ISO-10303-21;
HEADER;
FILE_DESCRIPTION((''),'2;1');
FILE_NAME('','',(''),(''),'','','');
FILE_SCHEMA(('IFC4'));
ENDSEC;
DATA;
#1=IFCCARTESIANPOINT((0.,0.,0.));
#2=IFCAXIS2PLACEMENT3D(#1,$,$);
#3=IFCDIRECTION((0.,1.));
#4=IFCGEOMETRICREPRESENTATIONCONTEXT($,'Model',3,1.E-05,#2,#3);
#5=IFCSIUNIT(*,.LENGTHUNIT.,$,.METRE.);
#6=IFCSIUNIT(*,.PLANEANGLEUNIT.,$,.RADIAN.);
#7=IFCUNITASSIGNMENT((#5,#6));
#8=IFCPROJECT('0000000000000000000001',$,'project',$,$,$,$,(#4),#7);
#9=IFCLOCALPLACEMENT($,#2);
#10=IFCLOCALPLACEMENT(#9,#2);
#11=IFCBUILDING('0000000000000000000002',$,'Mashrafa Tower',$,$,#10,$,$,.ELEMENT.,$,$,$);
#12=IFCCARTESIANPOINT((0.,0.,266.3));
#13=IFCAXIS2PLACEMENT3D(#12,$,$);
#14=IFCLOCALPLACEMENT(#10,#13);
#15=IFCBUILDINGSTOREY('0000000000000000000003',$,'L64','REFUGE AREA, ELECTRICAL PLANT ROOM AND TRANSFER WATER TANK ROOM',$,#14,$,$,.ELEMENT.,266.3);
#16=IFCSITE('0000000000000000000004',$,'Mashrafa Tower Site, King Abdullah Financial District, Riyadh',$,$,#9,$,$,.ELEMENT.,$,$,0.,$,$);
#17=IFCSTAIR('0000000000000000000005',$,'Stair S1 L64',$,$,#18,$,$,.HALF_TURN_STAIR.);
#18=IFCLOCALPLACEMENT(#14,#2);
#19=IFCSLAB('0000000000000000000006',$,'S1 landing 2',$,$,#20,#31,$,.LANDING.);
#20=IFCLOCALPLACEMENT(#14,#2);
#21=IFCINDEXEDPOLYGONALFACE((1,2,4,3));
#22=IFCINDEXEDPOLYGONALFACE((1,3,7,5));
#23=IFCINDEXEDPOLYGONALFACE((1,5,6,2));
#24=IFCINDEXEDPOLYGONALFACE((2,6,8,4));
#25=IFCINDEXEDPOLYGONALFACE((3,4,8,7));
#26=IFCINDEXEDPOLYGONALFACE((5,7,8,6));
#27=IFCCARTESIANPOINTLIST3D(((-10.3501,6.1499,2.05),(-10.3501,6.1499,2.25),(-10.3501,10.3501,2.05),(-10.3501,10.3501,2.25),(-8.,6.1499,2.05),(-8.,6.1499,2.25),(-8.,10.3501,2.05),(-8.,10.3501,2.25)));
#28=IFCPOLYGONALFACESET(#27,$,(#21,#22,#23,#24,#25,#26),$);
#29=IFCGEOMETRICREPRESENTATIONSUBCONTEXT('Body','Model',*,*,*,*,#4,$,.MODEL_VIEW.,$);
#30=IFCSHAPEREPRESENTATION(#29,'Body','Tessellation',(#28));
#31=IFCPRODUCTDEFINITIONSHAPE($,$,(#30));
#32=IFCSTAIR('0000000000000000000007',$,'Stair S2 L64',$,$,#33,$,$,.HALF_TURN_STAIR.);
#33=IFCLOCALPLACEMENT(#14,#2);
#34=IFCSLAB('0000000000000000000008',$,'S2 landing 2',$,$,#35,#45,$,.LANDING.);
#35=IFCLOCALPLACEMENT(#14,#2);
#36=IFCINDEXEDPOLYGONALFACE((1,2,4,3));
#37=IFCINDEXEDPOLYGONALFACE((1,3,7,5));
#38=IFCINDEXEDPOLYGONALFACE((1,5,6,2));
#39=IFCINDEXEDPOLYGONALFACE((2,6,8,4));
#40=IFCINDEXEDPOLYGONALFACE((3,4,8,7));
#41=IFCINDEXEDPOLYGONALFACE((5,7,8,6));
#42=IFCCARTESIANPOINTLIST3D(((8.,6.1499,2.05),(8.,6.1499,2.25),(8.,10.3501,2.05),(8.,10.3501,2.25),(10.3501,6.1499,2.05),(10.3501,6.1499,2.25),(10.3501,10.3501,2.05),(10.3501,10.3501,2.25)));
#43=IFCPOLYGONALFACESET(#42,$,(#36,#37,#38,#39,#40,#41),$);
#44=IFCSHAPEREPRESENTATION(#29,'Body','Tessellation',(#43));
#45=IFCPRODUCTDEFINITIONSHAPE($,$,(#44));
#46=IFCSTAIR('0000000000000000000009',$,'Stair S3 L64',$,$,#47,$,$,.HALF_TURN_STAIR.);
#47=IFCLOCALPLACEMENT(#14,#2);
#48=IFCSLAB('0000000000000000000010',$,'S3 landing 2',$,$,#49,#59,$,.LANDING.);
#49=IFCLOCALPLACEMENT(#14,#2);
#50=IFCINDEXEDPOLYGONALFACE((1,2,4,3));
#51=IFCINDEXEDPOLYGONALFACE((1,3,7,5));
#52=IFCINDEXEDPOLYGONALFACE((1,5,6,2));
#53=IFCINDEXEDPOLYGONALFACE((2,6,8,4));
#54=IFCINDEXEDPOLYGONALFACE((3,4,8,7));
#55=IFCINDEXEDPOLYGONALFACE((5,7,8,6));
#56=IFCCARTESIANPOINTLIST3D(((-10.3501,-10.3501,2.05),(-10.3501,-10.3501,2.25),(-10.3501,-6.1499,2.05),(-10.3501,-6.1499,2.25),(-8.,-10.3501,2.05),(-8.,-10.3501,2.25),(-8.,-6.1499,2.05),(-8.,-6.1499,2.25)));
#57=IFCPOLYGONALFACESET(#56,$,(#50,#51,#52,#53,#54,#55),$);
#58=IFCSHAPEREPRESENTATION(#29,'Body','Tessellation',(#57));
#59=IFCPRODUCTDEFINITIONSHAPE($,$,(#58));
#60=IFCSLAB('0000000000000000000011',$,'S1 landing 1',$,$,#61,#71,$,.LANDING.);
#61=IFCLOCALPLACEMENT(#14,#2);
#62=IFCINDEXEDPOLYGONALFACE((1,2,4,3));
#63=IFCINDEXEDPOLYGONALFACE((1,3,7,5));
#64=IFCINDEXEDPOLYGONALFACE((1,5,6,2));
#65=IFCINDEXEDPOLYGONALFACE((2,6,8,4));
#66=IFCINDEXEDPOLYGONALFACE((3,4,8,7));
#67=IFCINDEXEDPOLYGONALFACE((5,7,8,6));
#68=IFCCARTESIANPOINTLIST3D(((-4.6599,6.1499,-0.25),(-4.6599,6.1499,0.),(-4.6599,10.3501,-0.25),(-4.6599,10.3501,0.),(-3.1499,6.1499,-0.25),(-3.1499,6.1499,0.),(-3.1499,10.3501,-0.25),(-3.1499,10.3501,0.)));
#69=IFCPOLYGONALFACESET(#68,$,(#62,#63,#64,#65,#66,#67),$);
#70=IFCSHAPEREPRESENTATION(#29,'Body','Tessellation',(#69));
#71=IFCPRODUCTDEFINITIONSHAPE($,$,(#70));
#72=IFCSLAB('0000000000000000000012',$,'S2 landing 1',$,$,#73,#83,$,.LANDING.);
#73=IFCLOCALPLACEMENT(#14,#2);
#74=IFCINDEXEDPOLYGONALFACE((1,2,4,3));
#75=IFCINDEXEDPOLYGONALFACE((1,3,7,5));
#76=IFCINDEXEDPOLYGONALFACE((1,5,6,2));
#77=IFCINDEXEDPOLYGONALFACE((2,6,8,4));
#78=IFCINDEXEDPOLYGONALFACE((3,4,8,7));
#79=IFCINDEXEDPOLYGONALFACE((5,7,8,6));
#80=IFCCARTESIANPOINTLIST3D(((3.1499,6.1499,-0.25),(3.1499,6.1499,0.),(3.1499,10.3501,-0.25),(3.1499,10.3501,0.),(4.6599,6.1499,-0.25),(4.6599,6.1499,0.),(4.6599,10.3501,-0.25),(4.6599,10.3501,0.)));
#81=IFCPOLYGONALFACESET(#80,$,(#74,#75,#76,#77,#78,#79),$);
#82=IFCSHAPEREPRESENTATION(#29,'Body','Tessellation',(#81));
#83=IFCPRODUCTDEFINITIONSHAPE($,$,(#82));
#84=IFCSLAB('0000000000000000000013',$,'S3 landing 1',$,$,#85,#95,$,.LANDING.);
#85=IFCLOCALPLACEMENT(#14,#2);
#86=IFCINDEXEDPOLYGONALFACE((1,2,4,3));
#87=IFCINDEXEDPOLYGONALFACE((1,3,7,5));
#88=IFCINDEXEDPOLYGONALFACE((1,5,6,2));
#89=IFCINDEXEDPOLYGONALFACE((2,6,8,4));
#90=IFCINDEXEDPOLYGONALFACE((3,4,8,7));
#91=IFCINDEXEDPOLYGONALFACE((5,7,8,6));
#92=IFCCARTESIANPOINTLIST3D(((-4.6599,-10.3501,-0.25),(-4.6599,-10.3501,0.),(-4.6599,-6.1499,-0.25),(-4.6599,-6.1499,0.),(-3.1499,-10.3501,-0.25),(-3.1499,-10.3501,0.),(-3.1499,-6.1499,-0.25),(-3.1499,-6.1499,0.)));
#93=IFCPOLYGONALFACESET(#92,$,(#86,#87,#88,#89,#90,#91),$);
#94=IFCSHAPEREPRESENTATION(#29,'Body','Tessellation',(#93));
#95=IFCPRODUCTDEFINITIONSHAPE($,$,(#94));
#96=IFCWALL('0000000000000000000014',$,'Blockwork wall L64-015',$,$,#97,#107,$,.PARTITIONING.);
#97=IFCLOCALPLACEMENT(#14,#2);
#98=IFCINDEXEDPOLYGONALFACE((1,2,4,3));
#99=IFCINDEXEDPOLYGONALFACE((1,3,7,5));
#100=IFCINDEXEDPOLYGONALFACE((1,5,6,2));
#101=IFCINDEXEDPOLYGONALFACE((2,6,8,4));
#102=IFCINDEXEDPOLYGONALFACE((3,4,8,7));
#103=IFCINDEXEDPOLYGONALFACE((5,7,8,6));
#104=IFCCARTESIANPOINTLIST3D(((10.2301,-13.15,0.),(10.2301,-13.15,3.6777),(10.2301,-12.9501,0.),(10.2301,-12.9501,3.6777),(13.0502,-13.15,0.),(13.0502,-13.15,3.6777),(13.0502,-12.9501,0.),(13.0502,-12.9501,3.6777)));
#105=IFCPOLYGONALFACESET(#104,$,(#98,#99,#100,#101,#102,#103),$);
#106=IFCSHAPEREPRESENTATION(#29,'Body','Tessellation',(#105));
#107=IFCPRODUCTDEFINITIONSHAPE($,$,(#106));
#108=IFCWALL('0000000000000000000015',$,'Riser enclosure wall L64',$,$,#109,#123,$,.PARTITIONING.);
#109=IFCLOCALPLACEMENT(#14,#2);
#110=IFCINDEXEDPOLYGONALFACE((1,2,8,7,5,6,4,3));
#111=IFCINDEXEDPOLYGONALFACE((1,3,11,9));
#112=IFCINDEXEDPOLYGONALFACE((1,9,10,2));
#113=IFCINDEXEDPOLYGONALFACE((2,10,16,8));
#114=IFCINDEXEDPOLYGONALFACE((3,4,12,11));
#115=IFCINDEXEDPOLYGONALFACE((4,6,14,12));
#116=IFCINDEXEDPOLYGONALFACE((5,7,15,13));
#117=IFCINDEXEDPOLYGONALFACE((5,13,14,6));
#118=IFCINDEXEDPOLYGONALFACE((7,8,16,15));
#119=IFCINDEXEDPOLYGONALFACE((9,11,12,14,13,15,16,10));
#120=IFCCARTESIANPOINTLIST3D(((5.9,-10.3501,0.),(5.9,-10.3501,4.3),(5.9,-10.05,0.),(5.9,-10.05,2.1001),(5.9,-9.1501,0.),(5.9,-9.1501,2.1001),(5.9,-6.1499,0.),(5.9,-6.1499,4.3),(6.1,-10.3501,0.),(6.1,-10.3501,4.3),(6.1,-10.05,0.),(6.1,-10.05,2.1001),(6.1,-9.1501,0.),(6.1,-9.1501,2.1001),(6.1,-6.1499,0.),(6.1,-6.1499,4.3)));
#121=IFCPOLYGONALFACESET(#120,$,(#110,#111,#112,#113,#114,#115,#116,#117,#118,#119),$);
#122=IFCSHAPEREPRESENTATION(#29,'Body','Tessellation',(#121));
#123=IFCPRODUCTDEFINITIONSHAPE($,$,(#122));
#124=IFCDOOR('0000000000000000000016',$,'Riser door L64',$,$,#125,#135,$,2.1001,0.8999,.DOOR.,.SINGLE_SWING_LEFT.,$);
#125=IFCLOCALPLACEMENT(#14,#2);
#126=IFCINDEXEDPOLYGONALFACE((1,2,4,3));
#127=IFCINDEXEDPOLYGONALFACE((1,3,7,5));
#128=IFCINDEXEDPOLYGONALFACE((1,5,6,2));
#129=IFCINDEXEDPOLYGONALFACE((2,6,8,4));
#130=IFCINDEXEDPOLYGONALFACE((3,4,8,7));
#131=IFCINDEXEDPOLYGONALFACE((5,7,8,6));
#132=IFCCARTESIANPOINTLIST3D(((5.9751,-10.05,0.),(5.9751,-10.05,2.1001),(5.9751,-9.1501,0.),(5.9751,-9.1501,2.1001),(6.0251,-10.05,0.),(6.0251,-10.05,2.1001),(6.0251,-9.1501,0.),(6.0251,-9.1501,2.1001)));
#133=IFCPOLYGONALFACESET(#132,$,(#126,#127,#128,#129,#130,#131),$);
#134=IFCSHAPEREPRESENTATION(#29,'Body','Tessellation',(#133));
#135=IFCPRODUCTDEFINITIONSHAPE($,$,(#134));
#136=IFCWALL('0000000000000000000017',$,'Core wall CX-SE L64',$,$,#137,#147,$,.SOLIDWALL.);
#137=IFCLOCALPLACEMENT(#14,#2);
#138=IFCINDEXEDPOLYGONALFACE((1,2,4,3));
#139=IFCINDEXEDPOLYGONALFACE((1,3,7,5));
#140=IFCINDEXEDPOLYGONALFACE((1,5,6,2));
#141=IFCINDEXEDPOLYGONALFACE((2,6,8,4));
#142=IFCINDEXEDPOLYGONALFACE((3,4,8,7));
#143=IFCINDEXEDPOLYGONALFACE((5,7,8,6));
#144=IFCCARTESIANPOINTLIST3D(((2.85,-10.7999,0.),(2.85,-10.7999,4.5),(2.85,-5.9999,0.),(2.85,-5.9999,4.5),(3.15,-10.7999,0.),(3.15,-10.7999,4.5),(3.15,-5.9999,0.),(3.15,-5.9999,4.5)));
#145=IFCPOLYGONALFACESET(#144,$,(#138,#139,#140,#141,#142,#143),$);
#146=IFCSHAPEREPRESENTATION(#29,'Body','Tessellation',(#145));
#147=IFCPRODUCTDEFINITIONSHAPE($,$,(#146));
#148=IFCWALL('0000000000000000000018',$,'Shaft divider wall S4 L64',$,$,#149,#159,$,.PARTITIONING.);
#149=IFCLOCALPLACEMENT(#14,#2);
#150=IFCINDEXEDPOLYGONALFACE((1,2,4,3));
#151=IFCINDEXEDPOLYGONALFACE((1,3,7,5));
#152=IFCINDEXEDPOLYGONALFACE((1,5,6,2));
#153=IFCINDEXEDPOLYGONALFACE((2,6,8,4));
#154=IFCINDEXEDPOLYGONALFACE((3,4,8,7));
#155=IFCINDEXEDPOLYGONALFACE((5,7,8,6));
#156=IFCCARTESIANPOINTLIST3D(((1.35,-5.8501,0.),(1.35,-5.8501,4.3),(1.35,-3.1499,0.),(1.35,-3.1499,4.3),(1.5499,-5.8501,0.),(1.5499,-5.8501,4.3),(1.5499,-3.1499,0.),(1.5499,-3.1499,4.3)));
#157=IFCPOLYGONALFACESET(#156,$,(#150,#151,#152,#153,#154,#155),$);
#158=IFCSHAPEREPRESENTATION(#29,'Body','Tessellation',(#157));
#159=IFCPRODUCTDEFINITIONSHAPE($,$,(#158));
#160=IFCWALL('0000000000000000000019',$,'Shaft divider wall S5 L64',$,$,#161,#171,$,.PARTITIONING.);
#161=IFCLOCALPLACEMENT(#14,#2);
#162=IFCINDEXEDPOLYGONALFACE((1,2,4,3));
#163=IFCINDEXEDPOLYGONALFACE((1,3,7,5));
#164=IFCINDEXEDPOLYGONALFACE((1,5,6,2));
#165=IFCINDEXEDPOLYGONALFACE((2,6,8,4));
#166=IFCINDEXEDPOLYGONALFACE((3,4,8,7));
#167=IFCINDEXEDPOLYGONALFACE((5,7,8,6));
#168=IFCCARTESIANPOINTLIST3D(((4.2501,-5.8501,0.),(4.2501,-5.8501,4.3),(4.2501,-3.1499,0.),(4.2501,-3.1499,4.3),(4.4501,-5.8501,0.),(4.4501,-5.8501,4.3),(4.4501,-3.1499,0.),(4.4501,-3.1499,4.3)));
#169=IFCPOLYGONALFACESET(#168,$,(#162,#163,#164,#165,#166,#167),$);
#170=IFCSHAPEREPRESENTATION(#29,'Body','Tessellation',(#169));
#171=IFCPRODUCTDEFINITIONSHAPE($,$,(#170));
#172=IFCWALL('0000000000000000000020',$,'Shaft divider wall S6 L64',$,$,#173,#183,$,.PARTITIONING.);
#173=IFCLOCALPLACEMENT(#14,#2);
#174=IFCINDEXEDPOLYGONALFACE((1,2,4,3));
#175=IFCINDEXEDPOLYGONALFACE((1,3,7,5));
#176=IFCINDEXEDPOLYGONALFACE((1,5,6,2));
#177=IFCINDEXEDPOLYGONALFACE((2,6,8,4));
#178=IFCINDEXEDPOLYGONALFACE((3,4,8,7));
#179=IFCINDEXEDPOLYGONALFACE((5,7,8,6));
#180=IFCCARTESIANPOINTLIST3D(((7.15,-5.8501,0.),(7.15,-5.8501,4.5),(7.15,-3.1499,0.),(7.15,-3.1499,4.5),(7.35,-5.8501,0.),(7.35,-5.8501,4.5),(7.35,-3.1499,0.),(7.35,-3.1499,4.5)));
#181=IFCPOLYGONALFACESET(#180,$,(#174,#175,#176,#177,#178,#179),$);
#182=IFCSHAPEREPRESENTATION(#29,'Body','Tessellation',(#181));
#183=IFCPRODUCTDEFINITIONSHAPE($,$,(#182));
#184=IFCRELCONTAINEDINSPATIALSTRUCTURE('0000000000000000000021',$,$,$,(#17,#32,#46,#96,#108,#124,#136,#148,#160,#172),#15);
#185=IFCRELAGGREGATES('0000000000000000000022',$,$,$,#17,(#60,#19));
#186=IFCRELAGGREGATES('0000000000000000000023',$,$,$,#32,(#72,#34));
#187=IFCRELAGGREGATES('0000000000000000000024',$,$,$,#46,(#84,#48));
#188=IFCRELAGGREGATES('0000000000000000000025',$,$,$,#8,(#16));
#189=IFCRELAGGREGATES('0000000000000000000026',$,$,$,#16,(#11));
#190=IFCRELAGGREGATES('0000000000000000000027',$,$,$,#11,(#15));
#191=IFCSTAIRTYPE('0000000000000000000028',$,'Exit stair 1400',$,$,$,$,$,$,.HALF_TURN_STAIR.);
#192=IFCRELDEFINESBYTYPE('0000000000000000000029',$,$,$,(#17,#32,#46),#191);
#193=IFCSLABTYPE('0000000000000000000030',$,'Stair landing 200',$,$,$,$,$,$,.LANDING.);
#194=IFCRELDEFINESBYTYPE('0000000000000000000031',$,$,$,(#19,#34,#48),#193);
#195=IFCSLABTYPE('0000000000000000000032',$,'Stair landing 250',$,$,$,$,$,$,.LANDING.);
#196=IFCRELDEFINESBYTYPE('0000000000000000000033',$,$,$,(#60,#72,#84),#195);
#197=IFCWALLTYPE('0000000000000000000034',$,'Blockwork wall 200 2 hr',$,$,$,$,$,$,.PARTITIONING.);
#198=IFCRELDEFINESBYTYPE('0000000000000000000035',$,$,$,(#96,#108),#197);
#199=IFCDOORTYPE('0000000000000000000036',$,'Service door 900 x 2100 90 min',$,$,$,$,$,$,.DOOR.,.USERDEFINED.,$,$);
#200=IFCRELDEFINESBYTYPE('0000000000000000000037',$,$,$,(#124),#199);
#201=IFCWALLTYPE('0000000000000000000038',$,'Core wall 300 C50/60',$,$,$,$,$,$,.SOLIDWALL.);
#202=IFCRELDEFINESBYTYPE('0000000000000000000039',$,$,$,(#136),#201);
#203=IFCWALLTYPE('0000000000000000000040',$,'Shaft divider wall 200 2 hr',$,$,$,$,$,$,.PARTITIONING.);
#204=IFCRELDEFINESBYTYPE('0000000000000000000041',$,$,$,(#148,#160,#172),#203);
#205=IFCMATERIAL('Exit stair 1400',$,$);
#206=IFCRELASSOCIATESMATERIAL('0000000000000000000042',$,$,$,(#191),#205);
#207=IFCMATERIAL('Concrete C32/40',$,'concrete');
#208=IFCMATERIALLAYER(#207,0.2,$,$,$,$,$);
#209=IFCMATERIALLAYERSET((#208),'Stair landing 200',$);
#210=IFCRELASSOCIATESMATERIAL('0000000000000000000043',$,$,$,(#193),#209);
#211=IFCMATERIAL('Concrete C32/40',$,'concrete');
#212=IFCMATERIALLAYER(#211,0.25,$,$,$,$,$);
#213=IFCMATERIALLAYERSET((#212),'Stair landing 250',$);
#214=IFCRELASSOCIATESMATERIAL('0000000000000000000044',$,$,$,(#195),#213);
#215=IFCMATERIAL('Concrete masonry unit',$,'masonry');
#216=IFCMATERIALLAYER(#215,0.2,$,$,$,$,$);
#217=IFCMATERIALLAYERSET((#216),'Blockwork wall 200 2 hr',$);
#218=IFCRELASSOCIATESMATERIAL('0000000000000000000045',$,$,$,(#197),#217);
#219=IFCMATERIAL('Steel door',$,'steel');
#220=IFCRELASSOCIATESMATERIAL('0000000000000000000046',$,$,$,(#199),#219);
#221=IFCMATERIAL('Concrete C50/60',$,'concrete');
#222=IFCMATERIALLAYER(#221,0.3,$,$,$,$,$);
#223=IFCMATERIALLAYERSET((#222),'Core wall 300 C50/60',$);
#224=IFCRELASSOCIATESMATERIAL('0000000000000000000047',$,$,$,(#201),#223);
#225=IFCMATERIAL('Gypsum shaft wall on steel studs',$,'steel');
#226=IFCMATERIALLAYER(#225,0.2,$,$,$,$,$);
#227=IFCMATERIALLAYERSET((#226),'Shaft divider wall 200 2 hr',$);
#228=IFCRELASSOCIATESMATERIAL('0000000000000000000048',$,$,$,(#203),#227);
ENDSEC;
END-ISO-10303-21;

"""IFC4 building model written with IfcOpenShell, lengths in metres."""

from ifc_helpers import new_model, si_unit, direction, frame, frame_2d, origin, place, context, subcontext, project, spatial, polyline, rectangle, outline, extrude, material, layer, layer_set, type_object, element, fill, aggregate, save


model = new_model("IFC4")

# Units and contexts
model_context = context("Model", 3, precision=1e-05, world=origin(), true_north=direction((0.0, 1.0)))
body_context = subcontext(model_context, "Body", "Model", "MODEL_VIEW")
ifc_project = project(units=[si_unit("LENGTHUNIT", "METRE"), si_unit("PLANEANGLEUNIT", "RADIAN")], contexts=[model_context])

# Site, building, storey
site_placement = place(None, origin())
site = spatial("IfcSite", under=ifc_project, at=site_placement, Name="Mashrafa Tower Site, King Abdullah Financial District, Riyadh", CompositionType="ELEMENT", RefElevation=0.0)
building_placement = place(site_placement, origin())
building = spatial("IfcBuilding", under=site, at=building_placement, Name="Mashrafa Tower", CompositionType="ELEMENT")
storey_placement = place(building_placement, frame((0.0, 0.0, 266.3)))
storey = spatial("IfcBuildingStorey", under=building, at=storey_placement, Name="L64", Description="REFUGE AREA, ELECTRICAL PLANT ROOM AND TRANSFER WATER TANK ROOM", CompositionType="ELEMENT", Elevation=266.3)

# Stairs, slabs
ifc_material_1 = material(Name="Exit stair 1400")
stair_type = type_object("IfcStairType", Name="Exit stair 1400", PredefinedType="HALF_TURN_STAIR", material=ifc_material_1)
stair_1_placement = place(storey_placement, origin())
stair_1 = element("IfcStair", 1, at=stair_1_placement, inside=storey, type_object=stair_type, Name="Stair S1 L64", PredefinedType="HALF_TURN_STAIR")
ifc_material_2 = material(Name="Concrete C32/40", Category="concrete")
ifc_layer_1 = layer(ifc_material_2, 0.2)
ifc_layer_set_1 = layer_set([ifc_layer_1], Name="Stair landing 200")
slab_type_1 = type_object("IfcSlabType", Name="Stair landing 200", PredefinedType="LANDING", material=ifc_layer_set_1)
slab_1_placement = place(storey_placement, frame((0.0, 0.0, 2.05)))
slab_1 = element("IfcSlab", 2, at=slab_1_placement, type_object=slab_type_1, Name="S1 landing 2", PredefinedType="LANDING", context=body_context, shape_type="SweptSolid", body=[
    extrude(outline(polyline([(-10.3501, 6.1499), (-8.0, 6.1499), (-8.0, 10.3501), (-10.3501, 10.3501), (-10.3501, 6.1499)])), origin(), (0.0, 0.0, 1.0), 0.2),
])
stair_2_placement = place(storey_placement, origin())
stair_2 = element("IfcStair", 3, at=stair_2_placement, inside=storey, type_object=stair_type, Name="Stair S2 L64", PredefinedType="HALF_TURN_STAIR")
slab_2_placement = place(storey_placement, frame((0.0, 0.0, 2.05)))
slab_2 = element("IfcSlab", 4, at=slab_2_placement, type_object=slab_type_1, Name="S2 landing 2", PredefinedType="LANDING", context=body_context, shape_type="SweptSolid", body=[
    extrude(outline(polyline([(8.0, 6.1499), (10.3501, 6.1499), (10.3501, 10.3501), (8.0, 10.3501), (8.0, 6.1499)])), origin(), (0.0, 0.0, 1.0), 0.2),
])
stair_3_placement = place(storey_placement, origin())
stair_3 = element("IfcStair", 5, at=stair_3_placement, inside=storey, type_object=stair_type, Name="Stair S3 L64", PredefinedType="HALF_TURN_STAIR")
slab_3_placement = place(storey_placement, frame((0.0, 0.0, 2.05)))
slab_3 = element("IfcSlab", 6, at=slab_3_placement, type_object=slab_type_1, Name="S3 landing 2", PredefinedType="LANDING", context=body_context, shape_type="SweptSolid", body=[
    extrude(outline(polyline([(-10.3501, -10.3501), (-8.0, -10.3501), (-8.0, -6.1499), (-10.3501, -6.1499), (-10.3501, -10.3501)])), origin(), (0.0, 0.0, 1.0), 0.2),
])

# Slabs
ifc_material_3 = material(Name="Concrete C32/40", Category="concrete")
ifc_layer_2 = layer(ifc_material_3, 0.25)
ifc_layer_set_2 = layer_set([ifc_layer_2], Name="Stair landing 250")
slab_type_2 = type_object("IfcSlabType", Name="Stair landing 250", PredefinedType="LANDING", material=ifc_layer_set_2)
slab_4_placement = place(storey_placement, frame((0.0, 0.0, -0.25)))
slab_4 = element("IfcSlab", 7, at=slab_4_placement, type_object=slab_type_2, Name="S1 landing 1", PredefinedType="LANDING", context=body_context, shape_type="SweptSolid", body=[
    extrude(outline(polyline([(-4.6599, 6.1499), (-3.1499, 6.1499), (-3.1499, 10.3501), (-4.6599, 10.3501), (-4.6599, 6.1499)])), origin(), (0.0, 0.0, 1.0), 0.25),
])
aggregate(stair_1, [slab_4, slab_1])
slab_5_placement = place(storey_placement, frame((0.0, 0.0, -0.25)))
slab_5 = element("IfcSlab", 8, at=slab_5_placement, type_object=slab_type_2, Name="S2 landing 1", PredefinedType="LANDING", context=body_context, shape_type="SweptSolid", body=[
    extrude(outline(polyline([(3.1499, 6.1499), (4.6599, 6.1499), (4.6599, 10.3501), (3.1499, 10.3501), (3.1499, 6.1499)])), origin(), (0.0, 0.0, 1.0), 0.25),
])
aggregate(stair_2, [slab_5, slab_2])
slab_6_placement = place(storey_placement, frame((0.0, 0.0, -0.25)))
slab_6 = element("IfcSlab", 9, at=slab_6_placement, type_object=slab_type_2, Name="S3 landing 1", PredefinedType="LANDING", context=body_context, shape_type="SweptSolid", body=[
    extrude(outline(polyline([(-4.6599, -10.3501), (-3.1499, -10.3501), (-3.1499, -6.1499), (-4.6599, -6.1499), (-4.6599, -10.3501)])), origin(), (0.0, 0.0, 1.0), 0.25),
])
aggregate(stair_3, [slab_6, slab_3])

# Wall
ifc_material_4 = material(Name="Concrete masonry unit", Category="masonry")
ifc_layer_3 = layer(ifc_material_4, 0.2)
ifc_layer_set_3 = layer_set([ifc_layer_3], Name="Blockwork wall 200 2 hr")
wall_type_1 = type_object("IfcWallType", Name="Blockwork wall 200 2 hr", PredefinedType="PARTITIONING", material=ifc_layer_set_3)
wall_1_placement = place(storey_placement, frame((10.23, -13.05, 0.0), z_axis=(0.0, 0.0, 1.0), x_axis=(1.0, 0.0, 0.0)))
element("IfcWall", 10, at=wall_1_placement, inside=storey, type_object=wall_type_1, Name="Blockwork wall L64-015", PredefinedType="PARTITIONING", context=body_context, shape_type="SweptSolid", body=[
    extrude(rectangle(XDim=2.8201, YDim=0.2, at=frame_2d((1.4102, 0.0))), origin(), (0.0, 0.0, 1.0), 3.6777),
])

# Wall, opening, door
wall_2_placement = place(storey_placement, frame((6.0, -10.3501, 0.0), z_axis=(0.0, 0.0, 1.0), x_axis=(0.0, 1.0, 0.0)))
wall_2 = element("IfcWall", 11, at=wall_2_placement, inside=storey, type_object=wall_type_1, Name="Riser enclosure wall L64", PredefinedType="PARTITIONING", context=body_context, shape_type="SweptSolid", body=[
    extrude(rectangle(XDim=4.2002, YDim=0.2, at=frame_2d((2.1001, 0.0))), origin(), (0.0, 0.0, 1.0), 4.3),
])
opening_placement = place(wall_2_placement, frame((0.3, 0.0, 0.0)))
opening = element("IfcOpeningElement", 12, at=opening_placement, cuts=wall_2, PredefinedType="OPENING", context=body_context, shape_type="SweptSolid", body=[
    extrude(rectangle(XDim=0.8999, YDim=2.1001, at=frame_2d((0.45, 1.05))), frame((0.0, 0.1099, 0.0), z_axis=(0.0, -1.0, 0.0), x_axis=(1.0, 0.0, 0.0)), (0.0, 0.0, 1.0), 0.22),
])
ifc_material_5 = material(Name="Steel door", Category="steel")
door_type = type_object("IfcDoorType", Name="Service door 900 x 2100 90 min", OperationType="USERDEFINED", PredefinedType="DOOR", material=ifc_material_5)
door_placement = place(opening_placement, origin())
door = element("IfcDoor", 13, at=door_placement, inside=storey, type_object=door_type, Name="Riser door L64", OperationType="SINGLE_SWING_LEFT", OverallHeight=2.1001, OverallWidth=0.8999, PredefinedType="DOOR", context=body_context, shape_type="SweptSolid", body=[
    extrude(rectangle(XDim=0.8999, YDim=2.1001, at=frame_2d((0.45, 1.05))), frame((0.0, 0.0249, 0.0), z_axis=(0.0, -1.0, 0.0), x_axis=(1.0, 0.0, 0.0)), (0.0, 0.0, 1.0), 0.05),
])
fill(opening, door)

# Walls
ifc_material_6 = material(Name="Concrete C50/60", Category="concrete")
ifc_layer_4 = layer(ifc_material_6, 0.3)
ifc_layer_set_4 = layer_set([ifc_layer_4], Name="Core wall 300 C50/60")
wall_type_2 = type_object("IfcWallType", Name="Core wall 300 C50/60", PredefinedType="SOLIDWALL", material=ifc_layer_set_4)
wall_3_placement = place(storey_placement, frame((3.0, -6.0, 0.0), z_axis=(0.0, 0.0, 1.0), x_axis=(0.0, -1.0, 0.0)))
element("IfcWall", 14, at=wall_3_placement, inside=storey, type_object=wall_type_2, Name="Core wall CX-SE L64", PredefinedType="SOLIDWALL", context=body_context, shape_type="SweptSolid", body=[
    extrude(rectangle(XDim=4.8, YDim=0.3, at=frame_2d((2.3999, 0.0))), origin(), (0.0, 0.0, 1.0), 4.5),
])
ifc_material_7 = material(Name="Gypsum shaft wall on steel studs", Category="steel")
ifc_layer_5 = layer(ifc_material_7, 0.2)
ifc_layer_set_5 = layer_set([ifc_layer_5], Name="Shaft divider wall 200 2 hr")
wall_type_3 = type_object("IfcWallType", Name="Shaft divider wall 200 2 hr", PredefinedType="PARTITIONING", material=ifc_layer_set_5)
for number, where, z_axis, x_axis, name in (
    (15, (1.45, -5.8501, 0.0), (0.0, 0.0, 1.0), (0.0, 1.0, 0.0), "Shaft divider wall S4 L64"),
    (16, (4.3501, -5.8501, 0.0), (0.0, 0.0, 1.0), (0.0, 1.0, 0.0), "Shaft divider wall S5 L64"),
):
    element("IfcWall", number, at=place(storey_placement, frame(where, z_axis=z_axis, x_axis=x_axis)), inside=storey, type_object=wall_type_3, Name=name, PredefinedType="PARTITIONING", context=body_context, shape_type="SweptSolid", body=[
        extrude(rectangle(XDim=2.7002, YDim=0.2, at=frame_2d((1.3501, 0.0))), origin(), (0.0, 0.0, 1.0), 4.3),
    ])
wall_4_placement = place(storey_placement, frame((7.25, -5.8501, 0.0), z_axis=(0.0, 0.0, 1.0), x_axis=(0.0, 1.0, 0.0)))
element("IfcWall", 17, at=wall_4_placement, inside=storey, type_object=wall_type_3, Name="Shaft divider wall S6 L64", PredefinedType="PARTITIONING", context=body_context, shape_type="SweptSolid", body=[
    extrude(rectangle(XDim=2.7002, YDim=0.2, at=frame_2d((1.3501, 0.0))), origin(), (0.0, 0.0, 1.0), 4.5),
])

save(model, "model.ifc")
